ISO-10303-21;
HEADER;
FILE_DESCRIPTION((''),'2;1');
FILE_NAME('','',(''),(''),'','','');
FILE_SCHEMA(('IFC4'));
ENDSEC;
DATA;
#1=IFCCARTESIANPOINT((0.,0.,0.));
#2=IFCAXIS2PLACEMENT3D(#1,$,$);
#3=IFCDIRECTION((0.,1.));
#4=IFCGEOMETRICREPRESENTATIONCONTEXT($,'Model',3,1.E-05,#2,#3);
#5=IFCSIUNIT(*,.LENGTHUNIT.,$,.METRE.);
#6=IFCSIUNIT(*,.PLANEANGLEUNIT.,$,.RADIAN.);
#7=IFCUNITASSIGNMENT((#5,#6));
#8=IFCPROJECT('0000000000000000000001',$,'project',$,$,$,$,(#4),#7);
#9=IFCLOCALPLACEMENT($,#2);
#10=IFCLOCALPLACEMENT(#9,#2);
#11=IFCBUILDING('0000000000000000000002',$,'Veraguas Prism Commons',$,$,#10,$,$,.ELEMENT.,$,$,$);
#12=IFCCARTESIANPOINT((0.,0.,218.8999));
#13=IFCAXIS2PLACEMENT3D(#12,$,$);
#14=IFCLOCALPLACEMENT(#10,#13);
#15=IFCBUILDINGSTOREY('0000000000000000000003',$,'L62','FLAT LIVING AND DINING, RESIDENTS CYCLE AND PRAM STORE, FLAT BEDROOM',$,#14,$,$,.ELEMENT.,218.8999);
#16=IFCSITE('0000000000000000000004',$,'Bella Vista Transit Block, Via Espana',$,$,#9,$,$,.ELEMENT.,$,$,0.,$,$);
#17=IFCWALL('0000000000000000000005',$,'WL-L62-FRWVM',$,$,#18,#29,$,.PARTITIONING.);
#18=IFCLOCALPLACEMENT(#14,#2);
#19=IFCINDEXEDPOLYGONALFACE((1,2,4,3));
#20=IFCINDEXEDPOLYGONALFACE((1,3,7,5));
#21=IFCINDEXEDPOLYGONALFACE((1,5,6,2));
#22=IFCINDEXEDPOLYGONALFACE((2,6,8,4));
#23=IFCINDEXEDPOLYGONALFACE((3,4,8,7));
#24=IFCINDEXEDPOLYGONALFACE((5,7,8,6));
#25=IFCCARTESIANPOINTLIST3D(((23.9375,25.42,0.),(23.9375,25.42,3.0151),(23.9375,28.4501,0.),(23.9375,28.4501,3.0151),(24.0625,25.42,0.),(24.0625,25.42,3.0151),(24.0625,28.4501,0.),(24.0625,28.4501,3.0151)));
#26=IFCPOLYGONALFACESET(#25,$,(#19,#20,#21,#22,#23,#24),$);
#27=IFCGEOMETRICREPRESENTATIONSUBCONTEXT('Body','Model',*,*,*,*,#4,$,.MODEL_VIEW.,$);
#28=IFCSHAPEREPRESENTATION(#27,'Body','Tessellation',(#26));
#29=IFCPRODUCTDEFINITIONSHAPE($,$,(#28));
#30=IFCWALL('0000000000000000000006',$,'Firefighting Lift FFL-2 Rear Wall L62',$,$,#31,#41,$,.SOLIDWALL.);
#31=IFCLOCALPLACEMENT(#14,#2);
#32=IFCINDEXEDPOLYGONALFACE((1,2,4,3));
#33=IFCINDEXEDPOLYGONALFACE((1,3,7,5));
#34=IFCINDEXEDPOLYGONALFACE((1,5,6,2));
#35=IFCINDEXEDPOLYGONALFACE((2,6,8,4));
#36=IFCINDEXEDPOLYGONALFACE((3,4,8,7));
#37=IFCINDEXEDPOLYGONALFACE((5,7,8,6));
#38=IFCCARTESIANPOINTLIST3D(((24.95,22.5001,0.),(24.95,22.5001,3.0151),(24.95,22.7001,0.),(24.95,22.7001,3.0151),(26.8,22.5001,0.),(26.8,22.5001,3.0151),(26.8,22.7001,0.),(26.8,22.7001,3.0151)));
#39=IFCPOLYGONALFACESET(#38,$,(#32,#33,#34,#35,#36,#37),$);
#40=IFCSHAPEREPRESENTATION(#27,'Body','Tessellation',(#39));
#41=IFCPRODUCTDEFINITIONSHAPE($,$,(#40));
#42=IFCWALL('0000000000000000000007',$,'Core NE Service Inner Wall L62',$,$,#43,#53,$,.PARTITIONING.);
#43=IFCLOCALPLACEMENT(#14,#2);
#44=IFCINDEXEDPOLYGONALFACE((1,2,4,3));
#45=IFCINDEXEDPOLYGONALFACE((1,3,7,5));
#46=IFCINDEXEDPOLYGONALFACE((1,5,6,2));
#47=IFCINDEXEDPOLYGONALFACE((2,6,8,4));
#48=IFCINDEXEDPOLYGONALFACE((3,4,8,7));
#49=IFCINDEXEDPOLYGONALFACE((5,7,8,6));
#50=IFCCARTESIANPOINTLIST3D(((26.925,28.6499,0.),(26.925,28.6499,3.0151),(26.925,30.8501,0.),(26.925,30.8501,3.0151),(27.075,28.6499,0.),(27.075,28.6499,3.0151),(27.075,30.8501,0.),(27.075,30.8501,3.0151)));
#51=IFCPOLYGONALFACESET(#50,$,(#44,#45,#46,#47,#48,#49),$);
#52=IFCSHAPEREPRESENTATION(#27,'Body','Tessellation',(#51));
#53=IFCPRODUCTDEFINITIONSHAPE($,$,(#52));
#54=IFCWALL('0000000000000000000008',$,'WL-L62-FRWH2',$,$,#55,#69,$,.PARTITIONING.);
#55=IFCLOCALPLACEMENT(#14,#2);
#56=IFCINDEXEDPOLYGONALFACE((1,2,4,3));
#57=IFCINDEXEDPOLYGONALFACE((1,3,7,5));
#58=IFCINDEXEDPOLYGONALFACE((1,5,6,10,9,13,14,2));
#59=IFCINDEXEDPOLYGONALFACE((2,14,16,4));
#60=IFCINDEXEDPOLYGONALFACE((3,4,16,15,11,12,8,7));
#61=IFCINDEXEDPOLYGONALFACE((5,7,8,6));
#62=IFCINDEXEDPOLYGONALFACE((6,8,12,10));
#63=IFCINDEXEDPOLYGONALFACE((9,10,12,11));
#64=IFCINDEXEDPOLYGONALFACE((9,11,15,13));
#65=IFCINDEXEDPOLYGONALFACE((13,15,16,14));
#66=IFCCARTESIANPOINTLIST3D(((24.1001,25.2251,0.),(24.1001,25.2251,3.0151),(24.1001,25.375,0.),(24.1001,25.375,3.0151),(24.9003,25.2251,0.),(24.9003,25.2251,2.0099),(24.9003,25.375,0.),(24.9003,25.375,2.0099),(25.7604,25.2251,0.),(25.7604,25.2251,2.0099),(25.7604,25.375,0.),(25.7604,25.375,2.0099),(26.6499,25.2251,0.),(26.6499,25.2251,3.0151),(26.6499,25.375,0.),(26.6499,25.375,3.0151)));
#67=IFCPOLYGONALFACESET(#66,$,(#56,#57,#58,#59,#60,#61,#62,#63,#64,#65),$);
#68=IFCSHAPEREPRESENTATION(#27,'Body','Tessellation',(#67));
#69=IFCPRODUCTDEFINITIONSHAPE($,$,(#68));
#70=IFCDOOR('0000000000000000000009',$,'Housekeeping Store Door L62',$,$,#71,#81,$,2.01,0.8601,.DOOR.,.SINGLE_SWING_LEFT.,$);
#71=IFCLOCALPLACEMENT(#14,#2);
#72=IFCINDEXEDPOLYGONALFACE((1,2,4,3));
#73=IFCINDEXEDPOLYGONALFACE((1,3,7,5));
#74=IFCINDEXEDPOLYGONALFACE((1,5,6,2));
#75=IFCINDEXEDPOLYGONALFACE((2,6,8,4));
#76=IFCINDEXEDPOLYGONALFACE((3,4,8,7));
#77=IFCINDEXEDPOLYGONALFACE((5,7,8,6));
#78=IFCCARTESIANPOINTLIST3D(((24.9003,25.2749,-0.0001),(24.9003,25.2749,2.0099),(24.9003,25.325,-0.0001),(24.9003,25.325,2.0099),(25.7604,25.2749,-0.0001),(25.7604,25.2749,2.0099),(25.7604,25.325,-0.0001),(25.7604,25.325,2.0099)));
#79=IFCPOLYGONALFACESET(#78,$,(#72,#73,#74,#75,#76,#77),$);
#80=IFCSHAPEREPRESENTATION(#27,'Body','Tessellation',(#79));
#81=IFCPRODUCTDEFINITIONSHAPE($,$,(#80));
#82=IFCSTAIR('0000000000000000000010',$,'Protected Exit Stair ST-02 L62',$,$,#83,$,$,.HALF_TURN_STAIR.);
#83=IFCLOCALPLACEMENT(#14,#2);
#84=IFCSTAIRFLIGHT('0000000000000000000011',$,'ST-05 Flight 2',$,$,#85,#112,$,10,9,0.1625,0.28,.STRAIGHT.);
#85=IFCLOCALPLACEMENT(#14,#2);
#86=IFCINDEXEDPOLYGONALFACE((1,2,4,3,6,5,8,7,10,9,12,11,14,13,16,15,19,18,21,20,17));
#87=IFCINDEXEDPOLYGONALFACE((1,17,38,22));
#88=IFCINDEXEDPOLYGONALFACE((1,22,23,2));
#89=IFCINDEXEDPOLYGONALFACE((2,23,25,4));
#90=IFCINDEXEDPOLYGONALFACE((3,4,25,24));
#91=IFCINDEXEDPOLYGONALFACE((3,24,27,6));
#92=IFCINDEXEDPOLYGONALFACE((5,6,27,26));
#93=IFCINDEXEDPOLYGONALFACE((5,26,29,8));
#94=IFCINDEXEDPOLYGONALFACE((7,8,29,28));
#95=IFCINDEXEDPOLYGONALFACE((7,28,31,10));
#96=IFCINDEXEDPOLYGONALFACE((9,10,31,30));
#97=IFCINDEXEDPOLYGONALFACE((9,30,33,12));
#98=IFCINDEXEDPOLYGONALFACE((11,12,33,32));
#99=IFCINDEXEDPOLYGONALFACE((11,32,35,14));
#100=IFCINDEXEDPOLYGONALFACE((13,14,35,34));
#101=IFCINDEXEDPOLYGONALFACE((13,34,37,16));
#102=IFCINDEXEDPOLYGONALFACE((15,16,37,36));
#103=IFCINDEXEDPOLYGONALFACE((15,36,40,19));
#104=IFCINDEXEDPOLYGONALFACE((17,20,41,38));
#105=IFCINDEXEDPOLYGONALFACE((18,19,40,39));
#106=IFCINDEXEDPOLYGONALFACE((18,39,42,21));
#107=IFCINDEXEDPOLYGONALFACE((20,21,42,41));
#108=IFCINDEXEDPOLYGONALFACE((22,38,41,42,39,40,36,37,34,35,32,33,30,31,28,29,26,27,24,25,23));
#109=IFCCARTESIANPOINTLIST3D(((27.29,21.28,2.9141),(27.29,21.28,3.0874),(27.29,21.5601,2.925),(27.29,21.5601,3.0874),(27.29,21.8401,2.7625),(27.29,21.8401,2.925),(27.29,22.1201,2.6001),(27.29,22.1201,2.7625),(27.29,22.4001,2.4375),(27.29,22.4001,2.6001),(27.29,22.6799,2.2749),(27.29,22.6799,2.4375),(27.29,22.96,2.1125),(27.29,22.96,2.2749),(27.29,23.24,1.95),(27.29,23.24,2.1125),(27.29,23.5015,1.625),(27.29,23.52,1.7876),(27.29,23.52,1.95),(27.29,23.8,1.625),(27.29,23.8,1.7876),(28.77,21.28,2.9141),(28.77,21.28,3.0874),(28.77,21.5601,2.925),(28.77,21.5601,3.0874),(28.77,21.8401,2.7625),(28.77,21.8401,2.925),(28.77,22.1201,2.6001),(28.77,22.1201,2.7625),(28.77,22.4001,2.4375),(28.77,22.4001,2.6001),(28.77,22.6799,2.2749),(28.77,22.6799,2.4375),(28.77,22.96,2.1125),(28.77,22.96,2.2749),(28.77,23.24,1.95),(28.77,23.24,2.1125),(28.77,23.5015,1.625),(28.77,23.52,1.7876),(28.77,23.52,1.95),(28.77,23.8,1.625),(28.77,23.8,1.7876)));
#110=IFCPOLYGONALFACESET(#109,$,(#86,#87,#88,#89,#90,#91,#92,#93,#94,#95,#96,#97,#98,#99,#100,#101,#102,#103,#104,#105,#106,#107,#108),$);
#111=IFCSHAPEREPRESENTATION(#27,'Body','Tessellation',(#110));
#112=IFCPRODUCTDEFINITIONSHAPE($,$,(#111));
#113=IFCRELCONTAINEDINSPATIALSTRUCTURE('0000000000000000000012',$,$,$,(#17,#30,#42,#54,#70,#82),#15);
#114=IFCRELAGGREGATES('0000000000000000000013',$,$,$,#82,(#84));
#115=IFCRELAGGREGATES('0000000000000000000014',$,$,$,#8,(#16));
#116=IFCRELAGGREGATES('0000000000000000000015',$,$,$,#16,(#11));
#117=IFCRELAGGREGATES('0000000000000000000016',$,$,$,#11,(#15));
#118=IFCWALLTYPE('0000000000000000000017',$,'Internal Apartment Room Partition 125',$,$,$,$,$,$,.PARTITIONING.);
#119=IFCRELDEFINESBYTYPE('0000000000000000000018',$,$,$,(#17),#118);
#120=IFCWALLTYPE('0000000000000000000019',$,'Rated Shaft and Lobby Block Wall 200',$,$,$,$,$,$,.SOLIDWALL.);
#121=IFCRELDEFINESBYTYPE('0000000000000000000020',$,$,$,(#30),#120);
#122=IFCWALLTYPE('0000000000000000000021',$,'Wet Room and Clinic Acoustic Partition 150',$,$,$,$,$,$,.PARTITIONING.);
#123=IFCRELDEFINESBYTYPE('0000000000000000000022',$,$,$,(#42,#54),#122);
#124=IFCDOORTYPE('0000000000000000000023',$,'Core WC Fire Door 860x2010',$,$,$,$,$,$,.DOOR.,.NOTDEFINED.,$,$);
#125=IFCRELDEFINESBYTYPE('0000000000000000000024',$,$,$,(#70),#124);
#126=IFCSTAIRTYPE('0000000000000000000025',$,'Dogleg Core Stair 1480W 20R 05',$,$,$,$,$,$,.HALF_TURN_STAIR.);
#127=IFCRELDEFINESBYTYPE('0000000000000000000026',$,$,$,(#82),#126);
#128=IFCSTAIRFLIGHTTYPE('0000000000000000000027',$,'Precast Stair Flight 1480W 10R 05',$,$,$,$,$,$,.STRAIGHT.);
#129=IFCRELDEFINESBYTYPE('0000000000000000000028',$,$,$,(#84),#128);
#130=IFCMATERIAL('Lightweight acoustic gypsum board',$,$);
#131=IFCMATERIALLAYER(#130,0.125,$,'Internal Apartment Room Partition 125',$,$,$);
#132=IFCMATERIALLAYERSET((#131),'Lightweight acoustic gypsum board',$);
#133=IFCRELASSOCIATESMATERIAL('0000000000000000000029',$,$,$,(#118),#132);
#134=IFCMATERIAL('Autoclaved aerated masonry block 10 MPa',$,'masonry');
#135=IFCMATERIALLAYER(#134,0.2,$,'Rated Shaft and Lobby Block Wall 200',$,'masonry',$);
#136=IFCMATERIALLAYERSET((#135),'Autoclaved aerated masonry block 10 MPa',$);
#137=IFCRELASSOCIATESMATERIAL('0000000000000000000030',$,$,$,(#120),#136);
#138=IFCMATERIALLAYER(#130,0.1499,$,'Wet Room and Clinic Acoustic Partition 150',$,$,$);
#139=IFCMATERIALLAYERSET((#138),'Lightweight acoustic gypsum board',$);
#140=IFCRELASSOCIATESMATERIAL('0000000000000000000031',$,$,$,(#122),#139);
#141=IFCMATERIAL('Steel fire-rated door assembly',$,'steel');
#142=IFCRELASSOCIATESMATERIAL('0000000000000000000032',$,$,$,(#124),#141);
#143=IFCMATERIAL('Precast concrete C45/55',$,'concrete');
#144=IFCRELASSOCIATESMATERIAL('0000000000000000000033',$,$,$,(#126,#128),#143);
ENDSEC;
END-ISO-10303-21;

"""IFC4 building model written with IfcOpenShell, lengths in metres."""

from ifc_helpers import new_model, si_unit, direction, frame, frame_2d, origin, place, context, subcontext, project, spatial, polyline, rectangle, outline, extrude, source, transform, mapped, material, layer, layer_set, type_object, element, fill, aggregate, save


model = new_model("IFC4")

# Units and contexts
model_context = context("Model", 3, precision=1e-05, world=origin(), true_north=direction((0.0, 1.0)))
body_context = subcontext(model_context, "Body", "Model", "MODEL_VIEW")
ifc_project = project(units=[si_unit("LENGTHUNIT", "METRE"), si_unit("PLANEANGLEUNIT", "RADIAN")], contexts=[model_context])

# Site, building, storey
site_placement = place(None, origin())
site = spatial("IfcSite", under=ifc_project, at=site_placement, Name="Bella Vista Transit Block, Via Espana", CompositionType="ELEMENT", RefElevation=0.0)
building_placement = place(site_placement, origin())
building = spatial("IfcBuilding", under=site, at=building_placement, Name="Veraguas Prism Commons", CompositionType="ELEMENT")
storey_placement = place(building_placement, frame((0.0, 0.0, 218.8999)))
storey = spatial("IfcBuildingStorey", under=building, at=storey_placement, Name="L62", Description="FLAT LIVING AND DINING, RESIDENTS CYCLE AND PRAM STORE, FLAT BEDROOM", CompositionType="ELEMENT", Elevation=218.8999)

# Shared definitions
ifc_material_1 = material(Name="Steel fire-rated door assembly", Category="steel")
ifc_material_2 = material(Name="Autoclaved aerated masonry block 10 MPa", Category="masonry")

# Walls
ifc_material_3 = material(Name="Lightweight acoustic gypsum board")
ifc_layer_1 = layer(ifc_material_3, 0.125, Name="Internal Apartment Room Partition 125")
ifc_layer_set_1 = layer_set([ifc_layer_1], Name="Lightweight acoustic gypsum board")
wall_type_1 = type_object("IfcWallType", Name="Internal Apartment Room Partition 125", PredefinedType="PARTITIONING", material=ifc_layer_set_1)
wall_1_placement = place(storey_placement, frame((24.0, 25.4199, 0.0), z_axis=(0.0, 0.0, 1.0), x_axis=(0.0, 1.0, 0.0)))
element("IfcWall", 1, at=wall_1_placement, inside=storey, type_object=wall_type_1, Name="WL-L62-FRWVM", PredefinedType="PARTITIONING", context=body_context, shape_type="SweptSolid", body=[
    extrude(rectangle(XDim=3.03, YDim=0.125, at=frame_2d((1.5151, 0.0))), origin(), (0.0, 0.0, 1.0), 3.0151),
])
ifc_layer_2 = layer(ifc_material_2, 0.2, Name="Rated Shaft and Lobby Block Wall 200", Category="masonry")
ifc_layer_set_2 = layer_set([ifc_layer_2], Name="Autoclaved aerated masonry block 10 MPa")
wall_type_2 = type_object("IfcWallType", Name="Rated Shaft and Lobby Block Wall 200", PredefinedType="SOLIDWALL", material=ifc_layer_set_2)
wall_2_placement = place(storey_placement, frame((24.95, 22.6001, 0.0), z_axis=(0.0, 0.0, 1.0), x_axis=(1.0, 0.0, 0.0)))
element("IfcWall", 2, at=wall_2_placement, inside=storey, type_object=wall_type_2, Name="Firefighting Lift FFL-2 Rear Wall L62", PredefinedType="SOLIDWALL", context=body_context, shape_type="SweptSolid", body=[
    extrude(rectangle(XDim=1.8501, YDim=0.2, at=frame_2d((0.925, 0.0))), origin(), (0.0, 0.0, 1.0), 3.0151),
])
ifc_layer_3 = layer(ifc_material_3, 0.1499, Name="Wet Room and Clinic Acoustic Partition 150")
ifc_layer_set_3 = layer_set([ifc_layer_3], Name="Lightweight acoustic gypsum board")
wall_type_3 = type_object("IfcWallType", Name="Wet Room and Clinic Acoustic Partition 150", PredefinedType="PARTITIONING", material=ifc_layer_set_3)
wall_3_placement = place(storey_placement, frame((27.0, 28.6499, 0.0), z_axis=(0.0, 0.0, 1.0), x_axis=(0.0, 1.0, 0.0)))
element("IfcWall", 3, at=wall_3_placement, inside=storey, type_object=wall_type_3, Name="Core NE Service Inner Wall L62", PredefinedType="PARTITIONING", context=body_context, shape_type="SweptSolid", body=[
    extrude(rectangle(XDim=2.2002, YDim=0.1499, at=frame_2d((1.1001, 0.0))), origin(), (0.0, 0.0, 1.0), 3.0151),
])

# Wall, opening, door
wall_4_placement = place(storey_placement, frame((24.1001, 25.3, 0.0), z_axis=(0.0, 0.0, 1.0), x_axis=(1.0, 0.0, 0.0)))
wall_4 = element("IfcWall", 4, at=wall_4_placement, inside=storey, type_object=wall_type_3, Name="WL-L62-FRWH2", PredefinedType="PARTITIONING", context=body_context, shape_type="SweptSolid", body=[
    extrude(rectangle(XDim=2.5498, YDim=0.1499, at=frame_2d((1.2749, 0.0))), origin(), (0.0, 0.0, 1.0), 3.0151),
])
opening_1_placement = place(wall_4_placement, frame((0.8, 0.0, 0.0)))
opening_1 = element("IfcOpeningElement", 5, at=opening_1_placement, cuts=wall_4, PredefinedType="OPENING", context=body_context, shape_type="SweptSolid", body=[
    extrude(rectangle(XDim=0.8601, YDim=2.01, at=frame_2d((0.4302, 1.0049))), frame((0.0, 0.085, 0.0), z_axis=(0.0, -1.0, 0.0), x_axis=(1.0, 0.0, 0.0)), (0.0, 0.0, 1.0), 0.1699),
])
door_type_1 = type_object("IfcDoorType", Name="Core WC Fire Door 860x2010", OperationType="NOTDEFINED", PredefinedType="DOOR", material=ifc_material_1)
shared_shape_1 = source(origin(), body_context, "Body", "SweptSolid", [
    extrude(rectangle(XDim=0.8601, YDim=2.01, at=frame_2d((0.4302, 1.0049))), frame((0.0, 0.0249, 0.0), z_axis=(0.0, -1.0, 0.0), x_axis=(1.0, 0.0, 0.0)), (0.0, 0.0, 1.0), 0.05),
])
door_1_placement = place(opening_1_placement, origin())
door_1 = element("IfcDoor", 6, at=door_1_placement, inside=storey, type_object=door_type_1, Name="Housekeeping Store Door L62", OperationType="SINGLE_SWING_LEFT", OverallHeight=2.01, OverallWidth=0.8601, PredefinedType="DOOR", context=body_context, shape_type="MappedRepresentation", body=[
    mapped(shared_shape_1, transform((0.0, 0.0, 0.0), scale=1.0)),
])
fill(opening_1, door_1)

# Stair, stair flight
ifc_material_4 = material(Name="Precast concrete C45/55", Category="concrete")
stair_type = type_object("IfcStairType", Name="Dogleg Core Stair 1480W 20R 05", PredefinedType="HALF_TURN_STAIR", material=ifc_material_4)
stair_placement = place(storey_placement, origin())
stair = element("IfcStair", 7, at=stair_placement, inside=storey, type_object=stair_type, Name="Protected Exit Stair ST-02 L62", PredefinedType="HALF_TURN_STAIR")
stair_flight_type = type_object("IfcStairFlightType", Name="Precast Stair Flight 1480W 10R 05", PredefinedType="STRAIGHT", material=ifc_material_4)
stair_flight_placement = place(storey_placement, frame((28.03, 23.8, 1.625), z_axis=(0.0, 0.0, 1.0), x_axis=(0.0, -1.0, 0.0)))
stair_flight = element("IfcStairFlight", 8, at=stair_flight_placement, type_object=stair_flight_type, Name="ST-05 Flight 2", NumberOfRisers=10, NumberOfTreads=9, PredefinedType="STRAIGHT", RiserHeight=0.1625, TreadLength=0.28, context=body_context, shape_type="SweptSolid", body=[
    extrude(outline(polyline([(0.0, 0.0), (0.0, 0.1626), (0.28, 0.1626), (0.28, 0.325), (0.5601, 0.325), (0.5601, 0.4875), (0.8401, 0.4875), (0.8401, 0.6499), (1.1201, 0.6499), (1.1201, 0.8125), (1.3999, 0.8125), (1.3999, 0.9751), (1.6799, 0.9751), (1.6799, 1.1375), (1.96, 1.1375), (1.96, 1.3), (2.24, 1.3), (2.24, 1.4624), (2.52, 1.4624), (2.52, 1.625), (2.52, 1.2891), (0.2986, 0.0), (0.0, 0.0)])), frame((0.0, 0.74, 0.0), z_axis=(0.0, -1.0, 0.0), x_axis=(1.0, 0.0, 0.0)), (0.0, 0.0, 1.0), 1.48),
])
aggregate(stair, [stair_flight])

save(model, "model.ifc")
